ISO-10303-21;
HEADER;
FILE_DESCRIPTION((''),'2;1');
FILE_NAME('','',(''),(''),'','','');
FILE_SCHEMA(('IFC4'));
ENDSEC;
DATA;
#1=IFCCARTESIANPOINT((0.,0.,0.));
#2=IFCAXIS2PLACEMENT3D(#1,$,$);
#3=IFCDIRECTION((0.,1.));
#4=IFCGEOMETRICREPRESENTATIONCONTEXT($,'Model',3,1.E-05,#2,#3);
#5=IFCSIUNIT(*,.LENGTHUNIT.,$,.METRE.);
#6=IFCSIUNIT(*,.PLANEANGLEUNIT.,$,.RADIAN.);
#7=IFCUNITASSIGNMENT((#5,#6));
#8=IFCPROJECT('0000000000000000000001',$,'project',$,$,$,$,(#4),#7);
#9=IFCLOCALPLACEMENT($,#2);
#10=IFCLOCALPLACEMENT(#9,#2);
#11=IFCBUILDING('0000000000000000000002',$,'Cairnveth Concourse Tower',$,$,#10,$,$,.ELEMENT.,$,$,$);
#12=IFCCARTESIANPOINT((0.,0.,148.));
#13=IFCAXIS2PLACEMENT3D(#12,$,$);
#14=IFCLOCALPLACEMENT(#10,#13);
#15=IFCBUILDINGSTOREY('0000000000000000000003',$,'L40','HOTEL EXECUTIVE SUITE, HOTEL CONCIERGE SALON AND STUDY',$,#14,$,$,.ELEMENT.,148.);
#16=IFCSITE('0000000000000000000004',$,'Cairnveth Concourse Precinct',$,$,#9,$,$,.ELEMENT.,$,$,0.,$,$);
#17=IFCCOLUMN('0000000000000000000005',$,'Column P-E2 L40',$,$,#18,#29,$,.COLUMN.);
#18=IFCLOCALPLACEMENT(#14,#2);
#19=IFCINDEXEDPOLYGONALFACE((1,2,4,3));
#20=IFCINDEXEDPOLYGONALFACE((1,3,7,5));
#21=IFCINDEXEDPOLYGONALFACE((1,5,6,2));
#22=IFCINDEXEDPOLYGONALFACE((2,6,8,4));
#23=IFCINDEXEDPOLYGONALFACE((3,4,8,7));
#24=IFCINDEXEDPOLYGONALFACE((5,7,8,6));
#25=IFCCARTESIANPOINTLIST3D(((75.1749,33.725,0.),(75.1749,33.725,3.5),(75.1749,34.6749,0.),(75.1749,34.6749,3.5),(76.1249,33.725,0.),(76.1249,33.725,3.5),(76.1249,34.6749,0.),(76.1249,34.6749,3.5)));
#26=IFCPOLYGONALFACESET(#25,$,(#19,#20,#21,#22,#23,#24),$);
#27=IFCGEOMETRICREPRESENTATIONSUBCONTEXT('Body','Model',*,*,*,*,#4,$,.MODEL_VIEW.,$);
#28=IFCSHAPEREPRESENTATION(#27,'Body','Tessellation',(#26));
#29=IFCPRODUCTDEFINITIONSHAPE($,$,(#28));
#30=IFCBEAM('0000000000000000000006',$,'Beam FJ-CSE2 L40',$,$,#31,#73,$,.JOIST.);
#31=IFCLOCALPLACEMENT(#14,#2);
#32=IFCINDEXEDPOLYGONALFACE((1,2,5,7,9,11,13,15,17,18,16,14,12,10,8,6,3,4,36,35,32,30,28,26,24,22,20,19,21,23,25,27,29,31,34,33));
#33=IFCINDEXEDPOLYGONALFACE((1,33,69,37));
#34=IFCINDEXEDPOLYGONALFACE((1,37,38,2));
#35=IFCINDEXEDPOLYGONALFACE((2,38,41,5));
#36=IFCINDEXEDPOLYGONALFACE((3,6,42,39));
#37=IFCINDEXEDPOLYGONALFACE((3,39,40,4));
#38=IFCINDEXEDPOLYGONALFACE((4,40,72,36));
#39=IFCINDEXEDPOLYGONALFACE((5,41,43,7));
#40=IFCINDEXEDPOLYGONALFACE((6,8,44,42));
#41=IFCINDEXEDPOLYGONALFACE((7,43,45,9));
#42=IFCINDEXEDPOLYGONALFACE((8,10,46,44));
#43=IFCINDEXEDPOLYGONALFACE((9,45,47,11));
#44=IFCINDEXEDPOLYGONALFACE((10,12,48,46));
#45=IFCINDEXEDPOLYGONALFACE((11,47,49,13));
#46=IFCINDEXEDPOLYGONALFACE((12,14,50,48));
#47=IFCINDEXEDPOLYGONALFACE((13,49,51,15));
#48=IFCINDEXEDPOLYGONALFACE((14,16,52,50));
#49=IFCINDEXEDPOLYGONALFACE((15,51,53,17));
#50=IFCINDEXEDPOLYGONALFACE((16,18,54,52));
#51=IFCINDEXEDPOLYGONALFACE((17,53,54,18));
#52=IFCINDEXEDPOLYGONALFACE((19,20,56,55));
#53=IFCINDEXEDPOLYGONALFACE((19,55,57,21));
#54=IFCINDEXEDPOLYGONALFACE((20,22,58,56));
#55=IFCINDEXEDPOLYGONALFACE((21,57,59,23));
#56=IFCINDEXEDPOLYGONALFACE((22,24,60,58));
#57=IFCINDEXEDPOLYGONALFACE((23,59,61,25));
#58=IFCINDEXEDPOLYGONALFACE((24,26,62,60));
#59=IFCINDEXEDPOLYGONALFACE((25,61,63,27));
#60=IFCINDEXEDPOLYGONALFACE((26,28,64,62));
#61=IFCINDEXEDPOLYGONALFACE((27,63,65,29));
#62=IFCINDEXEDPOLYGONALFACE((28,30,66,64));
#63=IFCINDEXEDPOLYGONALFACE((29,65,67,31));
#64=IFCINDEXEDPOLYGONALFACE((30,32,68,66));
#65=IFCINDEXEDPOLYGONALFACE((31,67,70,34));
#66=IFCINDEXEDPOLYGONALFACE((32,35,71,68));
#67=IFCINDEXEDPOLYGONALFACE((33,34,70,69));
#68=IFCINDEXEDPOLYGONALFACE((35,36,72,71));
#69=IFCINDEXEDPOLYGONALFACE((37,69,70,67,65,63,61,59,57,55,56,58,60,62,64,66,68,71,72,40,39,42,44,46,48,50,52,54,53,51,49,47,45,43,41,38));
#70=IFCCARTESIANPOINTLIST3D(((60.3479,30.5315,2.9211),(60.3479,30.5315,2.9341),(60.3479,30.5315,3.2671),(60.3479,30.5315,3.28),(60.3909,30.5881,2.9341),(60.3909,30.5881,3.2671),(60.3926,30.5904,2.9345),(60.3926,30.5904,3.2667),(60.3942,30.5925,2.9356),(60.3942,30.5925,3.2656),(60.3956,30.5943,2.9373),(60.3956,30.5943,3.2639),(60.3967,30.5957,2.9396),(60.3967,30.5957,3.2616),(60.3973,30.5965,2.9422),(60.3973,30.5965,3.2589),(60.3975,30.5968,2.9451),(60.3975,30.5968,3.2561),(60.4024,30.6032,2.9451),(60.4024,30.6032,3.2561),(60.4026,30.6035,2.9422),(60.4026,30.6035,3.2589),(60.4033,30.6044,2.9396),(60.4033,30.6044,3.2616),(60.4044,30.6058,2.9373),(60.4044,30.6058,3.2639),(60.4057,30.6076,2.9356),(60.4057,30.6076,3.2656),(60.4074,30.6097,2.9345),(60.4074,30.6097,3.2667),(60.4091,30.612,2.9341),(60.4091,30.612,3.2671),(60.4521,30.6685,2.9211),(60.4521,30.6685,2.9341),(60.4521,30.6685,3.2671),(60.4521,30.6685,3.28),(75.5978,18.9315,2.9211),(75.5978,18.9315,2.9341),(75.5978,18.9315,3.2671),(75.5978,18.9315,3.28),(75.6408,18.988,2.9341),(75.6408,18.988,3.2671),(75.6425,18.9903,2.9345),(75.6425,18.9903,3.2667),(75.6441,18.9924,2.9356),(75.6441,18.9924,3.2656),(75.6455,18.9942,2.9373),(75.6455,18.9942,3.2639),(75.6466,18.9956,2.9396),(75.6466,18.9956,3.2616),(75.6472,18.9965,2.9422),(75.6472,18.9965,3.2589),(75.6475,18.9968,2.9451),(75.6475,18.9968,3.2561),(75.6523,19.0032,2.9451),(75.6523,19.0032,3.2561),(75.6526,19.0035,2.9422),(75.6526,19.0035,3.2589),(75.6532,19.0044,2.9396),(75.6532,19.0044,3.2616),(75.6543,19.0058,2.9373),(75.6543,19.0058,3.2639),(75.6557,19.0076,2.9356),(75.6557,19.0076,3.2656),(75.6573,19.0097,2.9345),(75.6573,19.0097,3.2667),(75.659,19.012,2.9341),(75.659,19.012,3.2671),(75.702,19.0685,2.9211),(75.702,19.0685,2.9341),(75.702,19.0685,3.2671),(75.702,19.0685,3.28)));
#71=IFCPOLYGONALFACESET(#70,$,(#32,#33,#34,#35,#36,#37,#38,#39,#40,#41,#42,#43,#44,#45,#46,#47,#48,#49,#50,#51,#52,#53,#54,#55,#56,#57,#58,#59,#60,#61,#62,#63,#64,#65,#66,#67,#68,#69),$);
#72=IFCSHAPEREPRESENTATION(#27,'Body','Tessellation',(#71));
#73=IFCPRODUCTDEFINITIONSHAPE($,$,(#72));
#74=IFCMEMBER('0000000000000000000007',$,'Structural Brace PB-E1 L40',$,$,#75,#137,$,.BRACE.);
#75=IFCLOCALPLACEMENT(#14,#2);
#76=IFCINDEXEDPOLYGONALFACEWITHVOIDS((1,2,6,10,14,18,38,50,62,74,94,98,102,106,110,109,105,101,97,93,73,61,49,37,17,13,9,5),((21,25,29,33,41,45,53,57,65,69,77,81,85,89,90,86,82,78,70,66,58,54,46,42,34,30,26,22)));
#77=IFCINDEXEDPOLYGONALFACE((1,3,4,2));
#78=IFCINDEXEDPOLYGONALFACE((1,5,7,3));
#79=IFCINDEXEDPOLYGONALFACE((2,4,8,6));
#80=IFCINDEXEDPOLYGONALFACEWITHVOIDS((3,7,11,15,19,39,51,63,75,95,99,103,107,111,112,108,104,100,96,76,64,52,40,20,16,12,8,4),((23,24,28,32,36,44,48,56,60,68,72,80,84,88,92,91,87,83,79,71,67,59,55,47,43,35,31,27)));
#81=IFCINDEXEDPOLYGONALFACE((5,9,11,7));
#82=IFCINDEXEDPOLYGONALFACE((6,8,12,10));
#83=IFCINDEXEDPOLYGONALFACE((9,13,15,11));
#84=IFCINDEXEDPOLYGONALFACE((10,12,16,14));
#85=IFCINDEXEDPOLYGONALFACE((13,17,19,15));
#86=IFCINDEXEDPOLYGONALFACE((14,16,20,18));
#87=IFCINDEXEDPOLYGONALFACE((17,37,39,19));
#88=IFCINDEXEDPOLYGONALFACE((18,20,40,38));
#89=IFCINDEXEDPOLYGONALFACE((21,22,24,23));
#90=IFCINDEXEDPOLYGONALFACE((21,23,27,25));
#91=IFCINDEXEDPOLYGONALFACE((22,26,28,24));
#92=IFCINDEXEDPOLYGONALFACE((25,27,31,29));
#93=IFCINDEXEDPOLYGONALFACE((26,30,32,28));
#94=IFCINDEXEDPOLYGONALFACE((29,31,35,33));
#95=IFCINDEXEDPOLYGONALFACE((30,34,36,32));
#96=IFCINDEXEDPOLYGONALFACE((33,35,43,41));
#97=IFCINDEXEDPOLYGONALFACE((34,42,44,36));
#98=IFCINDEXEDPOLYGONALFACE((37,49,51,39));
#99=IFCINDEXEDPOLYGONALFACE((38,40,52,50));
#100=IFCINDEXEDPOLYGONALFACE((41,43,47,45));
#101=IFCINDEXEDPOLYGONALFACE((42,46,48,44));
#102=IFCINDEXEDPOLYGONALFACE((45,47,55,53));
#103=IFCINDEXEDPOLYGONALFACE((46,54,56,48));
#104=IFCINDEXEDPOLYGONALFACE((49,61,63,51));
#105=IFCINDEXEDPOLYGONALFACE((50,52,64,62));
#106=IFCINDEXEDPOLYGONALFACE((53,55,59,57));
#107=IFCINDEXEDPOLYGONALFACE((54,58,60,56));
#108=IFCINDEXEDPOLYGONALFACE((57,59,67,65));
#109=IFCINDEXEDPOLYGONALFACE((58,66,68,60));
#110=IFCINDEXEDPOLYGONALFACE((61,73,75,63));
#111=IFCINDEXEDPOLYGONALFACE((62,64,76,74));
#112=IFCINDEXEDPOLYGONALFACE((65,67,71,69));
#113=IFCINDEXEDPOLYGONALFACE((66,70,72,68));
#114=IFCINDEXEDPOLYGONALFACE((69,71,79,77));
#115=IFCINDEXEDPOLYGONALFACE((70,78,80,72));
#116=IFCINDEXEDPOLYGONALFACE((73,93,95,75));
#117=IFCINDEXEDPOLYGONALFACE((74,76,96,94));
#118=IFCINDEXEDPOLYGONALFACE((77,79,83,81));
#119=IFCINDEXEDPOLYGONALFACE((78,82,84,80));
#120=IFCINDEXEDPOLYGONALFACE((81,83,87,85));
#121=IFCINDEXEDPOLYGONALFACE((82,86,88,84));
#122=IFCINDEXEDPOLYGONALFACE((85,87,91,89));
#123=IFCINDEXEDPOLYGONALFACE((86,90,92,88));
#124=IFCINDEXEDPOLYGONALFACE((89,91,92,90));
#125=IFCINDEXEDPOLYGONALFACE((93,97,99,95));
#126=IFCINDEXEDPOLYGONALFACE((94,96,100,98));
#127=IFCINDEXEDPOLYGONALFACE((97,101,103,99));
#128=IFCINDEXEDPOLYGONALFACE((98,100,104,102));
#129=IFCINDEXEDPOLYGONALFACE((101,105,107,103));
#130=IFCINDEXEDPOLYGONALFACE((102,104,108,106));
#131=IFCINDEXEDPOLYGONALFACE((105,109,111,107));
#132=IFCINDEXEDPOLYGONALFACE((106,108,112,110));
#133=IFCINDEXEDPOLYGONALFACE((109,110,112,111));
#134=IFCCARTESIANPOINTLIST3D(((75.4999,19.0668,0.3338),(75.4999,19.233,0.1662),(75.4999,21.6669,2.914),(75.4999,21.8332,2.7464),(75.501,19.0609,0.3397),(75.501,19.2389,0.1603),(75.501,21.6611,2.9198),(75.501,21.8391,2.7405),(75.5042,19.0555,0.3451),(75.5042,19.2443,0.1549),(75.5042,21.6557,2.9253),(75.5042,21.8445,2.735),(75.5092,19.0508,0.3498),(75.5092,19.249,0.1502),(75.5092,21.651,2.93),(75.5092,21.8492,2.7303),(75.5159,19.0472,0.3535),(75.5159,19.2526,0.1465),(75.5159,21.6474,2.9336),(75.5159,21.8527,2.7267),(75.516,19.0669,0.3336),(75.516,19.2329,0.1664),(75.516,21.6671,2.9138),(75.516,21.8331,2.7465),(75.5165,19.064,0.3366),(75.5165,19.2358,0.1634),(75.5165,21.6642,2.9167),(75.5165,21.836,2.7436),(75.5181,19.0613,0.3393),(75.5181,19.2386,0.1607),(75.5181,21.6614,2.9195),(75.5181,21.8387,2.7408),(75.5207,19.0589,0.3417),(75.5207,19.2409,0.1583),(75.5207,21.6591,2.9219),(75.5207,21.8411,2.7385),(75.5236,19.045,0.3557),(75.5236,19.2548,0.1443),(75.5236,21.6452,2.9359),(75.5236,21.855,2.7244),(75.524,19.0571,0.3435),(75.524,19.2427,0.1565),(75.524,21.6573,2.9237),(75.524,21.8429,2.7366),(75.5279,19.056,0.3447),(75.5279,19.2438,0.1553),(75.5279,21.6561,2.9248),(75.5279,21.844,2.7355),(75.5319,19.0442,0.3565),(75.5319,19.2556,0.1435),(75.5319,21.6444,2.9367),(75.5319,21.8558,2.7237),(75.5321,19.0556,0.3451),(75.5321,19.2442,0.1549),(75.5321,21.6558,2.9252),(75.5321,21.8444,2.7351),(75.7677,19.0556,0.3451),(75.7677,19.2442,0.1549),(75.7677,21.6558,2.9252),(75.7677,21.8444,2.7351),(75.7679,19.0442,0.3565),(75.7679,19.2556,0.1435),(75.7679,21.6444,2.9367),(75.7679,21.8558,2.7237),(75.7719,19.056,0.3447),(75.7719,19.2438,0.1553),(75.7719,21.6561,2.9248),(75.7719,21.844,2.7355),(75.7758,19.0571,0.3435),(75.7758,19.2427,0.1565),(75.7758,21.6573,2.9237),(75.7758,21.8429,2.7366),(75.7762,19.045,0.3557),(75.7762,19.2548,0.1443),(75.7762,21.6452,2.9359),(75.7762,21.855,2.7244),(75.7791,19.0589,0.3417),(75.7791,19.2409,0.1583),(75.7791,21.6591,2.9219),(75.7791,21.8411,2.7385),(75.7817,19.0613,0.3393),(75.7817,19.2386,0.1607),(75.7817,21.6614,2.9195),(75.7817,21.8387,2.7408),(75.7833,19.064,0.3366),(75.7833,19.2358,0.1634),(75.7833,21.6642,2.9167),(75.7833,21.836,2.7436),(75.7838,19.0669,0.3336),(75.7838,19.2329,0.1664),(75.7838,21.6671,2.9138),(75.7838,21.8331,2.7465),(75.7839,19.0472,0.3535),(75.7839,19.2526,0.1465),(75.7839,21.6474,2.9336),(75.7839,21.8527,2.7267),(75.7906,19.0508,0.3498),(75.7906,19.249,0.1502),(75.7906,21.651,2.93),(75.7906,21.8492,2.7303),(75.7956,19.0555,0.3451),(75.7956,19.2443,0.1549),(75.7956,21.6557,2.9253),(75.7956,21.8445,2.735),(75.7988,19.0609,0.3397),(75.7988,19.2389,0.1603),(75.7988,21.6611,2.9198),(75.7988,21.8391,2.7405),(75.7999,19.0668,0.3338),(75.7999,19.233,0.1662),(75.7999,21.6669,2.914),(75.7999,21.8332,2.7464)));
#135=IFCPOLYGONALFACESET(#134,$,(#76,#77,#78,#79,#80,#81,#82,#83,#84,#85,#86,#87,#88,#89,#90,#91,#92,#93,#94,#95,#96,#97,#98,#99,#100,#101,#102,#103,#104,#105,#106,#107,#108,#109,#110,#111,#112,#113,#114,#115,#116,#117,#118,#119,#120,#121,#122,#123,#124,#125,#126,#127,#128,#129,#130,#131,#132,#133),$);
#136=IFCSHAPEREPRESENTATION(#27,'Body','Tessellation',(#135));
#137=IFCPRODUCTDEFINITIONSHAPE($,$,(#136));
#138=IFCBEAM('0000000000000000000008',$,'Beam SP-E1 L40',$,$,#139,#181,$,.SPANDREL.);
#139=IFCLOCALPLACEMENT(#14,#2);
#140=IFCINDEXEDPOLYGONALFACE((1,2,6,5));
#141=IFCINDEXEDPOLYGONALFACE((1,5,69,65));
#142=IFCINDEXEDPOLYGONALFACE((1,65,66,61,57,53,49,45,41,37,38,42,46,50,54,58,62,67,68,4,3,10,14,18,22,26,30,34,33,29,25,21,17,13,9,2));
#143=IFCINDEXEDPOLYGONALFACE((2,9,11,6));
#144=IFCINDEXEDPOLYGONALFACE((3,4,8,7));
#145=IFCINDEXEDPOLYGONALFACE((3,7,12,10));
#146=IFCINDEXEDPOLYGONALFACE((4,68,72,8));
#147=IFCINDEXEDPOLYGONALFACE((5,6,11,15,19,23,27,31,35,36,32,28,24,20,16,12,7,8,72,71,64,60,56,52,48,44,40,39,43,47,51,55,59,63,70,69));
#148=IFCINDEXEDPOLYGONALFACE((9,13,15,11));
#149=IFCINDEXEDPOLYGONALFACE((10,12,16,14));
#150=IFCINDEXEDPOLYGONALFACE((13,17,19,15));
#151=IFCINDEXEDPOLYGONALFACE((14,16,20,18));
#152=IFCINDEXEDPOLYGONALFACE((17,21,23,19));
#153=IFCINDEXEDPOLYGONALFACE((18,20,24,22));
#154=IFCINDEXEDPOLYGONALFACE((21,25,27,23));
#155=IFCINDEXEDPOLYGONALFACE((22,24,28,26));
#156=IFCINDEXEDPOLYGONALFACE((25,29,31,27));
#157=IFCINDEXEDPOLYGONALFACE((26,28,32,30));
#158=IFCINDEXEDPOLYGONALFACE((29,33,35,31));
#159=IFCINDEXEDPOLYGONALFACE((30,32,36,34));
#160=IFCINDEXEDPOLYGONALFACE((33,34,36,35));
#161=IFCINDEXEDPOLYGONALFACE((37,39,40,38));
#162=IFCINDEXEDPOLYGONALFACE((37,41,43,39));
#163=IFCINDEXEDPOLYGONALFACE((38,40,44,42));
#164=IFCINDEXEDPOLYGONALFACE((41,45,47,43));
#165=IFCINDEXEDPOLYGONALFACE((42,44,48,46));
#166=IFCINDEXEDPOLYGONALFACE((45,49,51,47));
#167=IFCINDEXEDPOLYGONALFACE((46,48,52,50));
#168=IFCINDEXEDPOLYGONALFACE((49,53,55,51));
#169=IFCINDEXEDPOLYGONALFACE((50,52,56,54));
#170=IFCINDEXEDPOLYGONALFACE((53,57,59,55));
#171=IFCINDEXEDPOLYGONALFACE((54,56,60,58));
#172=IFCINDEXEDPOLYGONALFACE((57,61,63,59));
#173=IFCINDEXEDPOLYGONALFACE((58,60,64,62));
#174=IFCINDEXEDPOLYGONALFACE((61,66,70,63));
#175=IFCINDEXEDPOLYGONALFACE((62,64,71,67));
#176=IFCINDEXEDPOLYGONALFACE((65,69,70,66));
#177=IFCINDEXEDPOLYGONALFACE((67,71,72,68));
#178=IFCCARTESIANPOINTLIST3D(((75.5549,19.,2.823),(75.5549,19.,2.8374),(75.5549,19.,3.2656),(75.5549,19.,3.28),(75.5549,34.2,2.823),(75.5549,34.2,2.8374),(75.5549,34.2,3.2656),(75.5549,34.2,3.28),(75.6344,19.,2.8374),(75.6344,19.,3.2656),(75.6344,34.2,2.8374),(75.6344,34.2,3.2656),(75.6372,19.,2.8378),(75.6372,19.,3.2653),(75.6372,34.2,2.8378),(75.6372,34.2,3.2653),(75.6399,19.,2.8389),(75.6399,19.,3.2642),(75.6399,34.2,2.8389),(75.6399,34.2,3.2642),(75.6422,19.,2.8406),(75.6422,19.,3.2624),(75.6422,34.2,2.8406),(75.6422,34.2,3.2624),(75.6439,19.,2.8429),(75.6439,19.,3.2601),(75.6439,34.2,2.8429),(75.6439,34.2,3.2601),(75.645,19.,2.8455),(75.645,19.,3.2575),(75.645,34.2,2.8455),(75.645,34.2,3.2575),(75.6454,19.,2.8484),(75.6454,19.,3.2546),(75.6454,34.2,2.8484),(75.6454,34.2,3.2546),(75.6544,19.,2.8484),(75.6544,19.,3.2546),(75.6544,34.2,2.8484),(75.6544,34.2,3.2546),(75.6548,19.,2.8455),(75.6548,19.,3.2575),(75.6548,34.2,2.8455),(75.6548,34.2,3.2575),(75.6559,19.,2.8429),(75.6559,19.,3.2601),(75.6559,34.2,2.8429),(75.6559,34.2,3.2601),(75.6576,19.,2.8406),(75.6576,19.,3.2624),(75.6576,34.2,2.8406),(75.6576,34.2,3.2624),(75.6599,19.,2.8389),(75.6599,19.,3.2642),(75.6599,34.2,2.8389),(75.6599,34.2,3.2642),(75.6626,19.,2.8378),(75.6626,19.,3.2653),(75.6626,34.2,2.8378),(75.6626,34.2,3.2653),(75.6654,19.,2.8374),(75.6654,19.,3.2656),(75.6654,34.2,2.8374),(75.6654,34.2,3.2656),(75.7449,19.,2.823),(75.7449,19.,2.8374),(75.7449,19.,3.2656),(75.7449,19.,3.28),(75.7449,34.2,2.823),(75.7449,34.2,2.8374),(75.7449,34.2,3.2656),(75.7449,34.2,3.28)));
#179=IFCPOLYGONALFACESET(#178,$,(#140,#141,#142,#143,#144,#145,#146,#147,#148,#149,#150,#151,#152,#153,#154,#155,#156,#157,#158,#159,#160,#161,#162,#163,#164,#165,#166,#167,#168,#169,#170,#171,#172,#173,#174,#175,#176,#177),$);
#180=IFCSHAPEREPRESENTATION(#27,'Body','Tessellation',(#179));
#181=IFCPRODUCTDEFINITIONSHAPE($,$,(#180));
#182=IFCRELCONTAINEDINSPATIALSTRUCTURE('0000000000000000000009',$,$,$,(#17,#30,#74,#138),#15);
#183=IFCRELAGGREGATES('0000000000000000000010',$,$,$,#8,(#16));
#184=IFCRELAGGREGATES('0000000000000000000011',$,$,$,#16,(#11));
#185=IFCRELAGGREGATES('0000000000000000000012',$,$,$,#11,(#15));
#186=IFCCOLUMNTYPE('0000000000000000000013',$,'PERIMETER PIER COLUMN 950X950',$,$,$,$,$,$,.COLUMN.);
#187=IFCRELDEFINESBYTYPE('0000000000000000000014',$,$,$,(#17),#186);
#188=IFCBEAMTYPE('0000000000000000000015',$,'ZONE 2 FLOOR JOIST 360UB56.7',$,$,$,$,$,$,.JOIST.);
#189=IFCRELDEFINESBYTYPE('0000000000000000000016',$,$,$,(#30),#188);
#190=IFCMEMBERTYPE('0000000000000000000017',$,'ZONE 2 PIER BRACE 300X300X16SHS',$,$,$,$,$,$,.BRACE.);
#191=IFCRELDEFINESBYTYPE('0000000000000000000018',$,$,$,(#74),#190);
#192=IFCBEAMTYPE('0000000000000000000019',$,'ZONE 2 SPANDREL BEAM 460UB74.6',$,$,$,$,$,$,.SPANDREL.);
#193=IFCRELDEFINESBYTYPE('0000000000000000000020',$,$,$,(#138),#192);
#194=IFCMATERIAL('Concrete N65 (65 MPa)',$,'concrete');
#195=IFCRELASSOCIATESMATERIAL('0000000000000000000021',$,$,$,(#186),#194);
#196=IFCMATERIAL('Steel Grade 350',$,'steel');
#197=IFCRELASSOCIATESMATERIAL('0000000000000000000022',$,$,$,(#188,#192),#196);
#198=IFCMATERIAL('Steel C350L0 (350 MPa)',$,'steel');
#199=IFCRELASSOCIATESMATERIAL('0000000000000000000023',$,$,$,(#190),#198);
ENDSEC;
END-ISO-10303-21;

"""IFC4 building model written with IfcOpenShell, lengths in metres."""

from ifc_helpers import new_model, si_unit, direction, frame, origin, origin_2d, place, context, subcontext, project, spatial, rectangle, hollow_rectangle, i_section, extrude, material, material_profile, profile_set, type_object, element, save


model = new_model("IFC4")

# Units and contexts
model_context = context("Model", 3, precision=1e-05, world=origin(), true_north=direction((0.0, 1.0)))
body_context = subcontext(model_context, "Body", "Model", "MODEL_VIEW")
ifc_project = project(units=[si_unit("LENGTHUNIT", "METRE"), si_unit("PLANEANGLEUNIT", "RADIAN")], contexts=[model_context])

# Site, building, storey
site_placement = place(None, origin())
site = spatial("IfcSite", under=ifc_project, at=site_placement, Name="Cairnveth Concourse Precinct", CompositionType="ELEMENT", RefElevation=0.0)
building_placement = place(site_placement, origin())
building = spatial("IfcBuilding", under=site, at=building_placement, Name="Cairnveth Concourse Tower", CompositionType="ELEMENT")
storey_placement = place(building_placement, frame((0.0, 0.0, 148.0)))
storey = spatial("IfcBuildingStorey", under=building, at=storey_placement, Name="L40", Description="HOTEL EXECUTIVE SUITE, HOTEL CONCIERGE SALON AND STUDY", CompositionType="ELEMENT", Elevation=148.0)

# Column
ifc_material_1 = material(Name="Concrete N65 (65 MPa)", Category="concrete")
ifc_material_profile_1 = material_profile(ifc_material_1, rectangle(XDim=0.95, YDim=0.95, at=origin_2d()), Name="RC-COL-950x950")
ifc_profile_set_1 = profile_set([ifc_material_profile_1], Name="Concrete N65 (65 MPa)")
column_type = type_object("IfcColumnType", Name="PERIMETER PIER COLUMN 950X950", PredefinedType="COLUMN", material=ifc_profile_set_1)
column_placement = place(storey_placement, frame((75.6499, 34.2, 0.0), z_axis=(0.0, 0.0, 1.0), x_axis=(0.0, 1.0, 0.0)))
element("IfcColumn", 1, at=column_placement, inside=storey, type_object=column_type, Name="Column P-E2 L40", PredefinedType="COLUMN", context=body_context, shape_type="SweptSolid", body=[
    extrude(rectangle(XDim=0.95, YDim=0.95, at=origin_2d()), origin(), (0.0, 0.0, 1.0), 3.5),
])

# Beam
ifc_material_2 = material(Name="Steel Grade 350", Category="steel")
ifc_material_profile_2 = material_profile(ifc_material_2, i_section(OverallWidth=0.1721, OverallDepth=0.3589, WebThickness=0.0081, FlangeThickness=0.0129, FilletRadius=0.011, at=origin_2d()), Name="360UB56.7")
ifc_profile_set_2 = profile_set([ifc_material_profile_2], Name="Steel Grade 350")
beam_type_1 = type_object("IfcBeamType", Name="ZONE 2 FLOOR JOIST 360UB56.7", PredefinedType="JOIST", material=ifc_profile_set_2)
beam_1_placement = place(storey_placement, frame((75.6499, 19.0, 3.1006), z_axis=(-0.795908, 0.605417, 0.0), x_axis=(-0.605417, -0.795908, 0.0)))
element("IfcBeam", 2, at=beam_1_placement, inside=storey, type_object=beam_type_1, Name="Beam FJ-CSE2 L40", PredefinedType="JOIST", context=body_context, shape_type="SweptSolid", body=[
    extrude(i_section(OverallWidth=0.1721, OverallDepth=0.3589, WebThickness=0.0081, FlangeThickness=0.0129, FilletRadius=0.011, at=origin_2d()), origin(), (0.0, 0.0, 1.0), 19.1604),
])

# Member
ifc_material_3 = material(Name="Steel C350L0 (350 MPa)", Category="steel")
ifc_material_profile_3 = material_profile(ifc_material_3, hollow_rectangle(XDim=0.3, YDim=0.3, WallThickness=0.0161, InnerFilletRadius=0.0161, OuterFilletRadius=0.032, at=origin_2d()), Name="300x300x16.0SHS")
ifc_profile_set_3 = profile_set([ifc_material_profile_3], Name="Steel C350L0 (350 MPa)")
member_type = type_object("IfcMemberType", Name="ZONE 2 PIER BRACE 300X300X16SHS", PredefinedType="BRACE", material=ifc_profile_set_3)
member_placement = place(storey_placement, frame((75.6499, 19.1499, 0.25), z_axis=(0.0, 0.709834, 0.704369), x_axis=(-1.0, 0.0, 0.0)))
element("IfcMember", 3, at=member_placement, inside=storey, type_object=member_type, Name="Structural Brace PB-E1 L40", PredefinedType="BRACE", context=body_context, shape_type="SweptSolid", body=[
    extrude(hollow_rectangle(XDim=0.3, YDim=0.3, WallThickness=0.0161, InnerFilletRadius=0.0161, OuterFilletRadius=0.032, at=origin_2d()), origin(), (0.0, 0.0, 1.0), 3.6631),
])

# Beam
ifc_material_profile_4 = material_profile(ifc_material_2, i_section(OverallWidth=0.1899, OverallDepth=0.457, WebThickness=0.009, FlangeThickness=0.0144, FilletRadius=0.011, at=origin_2d()), Name="460UB74.6")
ifc_profile_set_4 = profile_set([ifc_material_profile_4], Name="Steel Grade 350")
beam_type_2 = type_object("IfcBeamType", Name="ZONE 2 SPANDREL BEAM 460UB74.6", PredefinedType="SPANDREL", material=ifc_profile_set_4)
beam_2_placement = place(storey_placement, frame((75.6499, 19.0, 3.0515), z_axis=(0.0, 1.0, 0.0), x_axis=(-1.0, 0.0, 0.0)))
element("IfcBeam", 4, at=beam_2_placement, inside=storey, type_object=beam_type_2, Name="Beam SP-E1 L40", PredefinedType="SPANDREL", context=body_context, shape_type="SweptSolid", body=[
    extrude(i_section(OverallWidth=0.1899, OverallDepth=0.457, WebThickness=0.009, FlangeThickness=0.0144, FilletRadius=0.011, at=origin_2d()), origin(), (0.0, 0.0, 1.0), 15.2),
])

save(model, "model.ifc")
